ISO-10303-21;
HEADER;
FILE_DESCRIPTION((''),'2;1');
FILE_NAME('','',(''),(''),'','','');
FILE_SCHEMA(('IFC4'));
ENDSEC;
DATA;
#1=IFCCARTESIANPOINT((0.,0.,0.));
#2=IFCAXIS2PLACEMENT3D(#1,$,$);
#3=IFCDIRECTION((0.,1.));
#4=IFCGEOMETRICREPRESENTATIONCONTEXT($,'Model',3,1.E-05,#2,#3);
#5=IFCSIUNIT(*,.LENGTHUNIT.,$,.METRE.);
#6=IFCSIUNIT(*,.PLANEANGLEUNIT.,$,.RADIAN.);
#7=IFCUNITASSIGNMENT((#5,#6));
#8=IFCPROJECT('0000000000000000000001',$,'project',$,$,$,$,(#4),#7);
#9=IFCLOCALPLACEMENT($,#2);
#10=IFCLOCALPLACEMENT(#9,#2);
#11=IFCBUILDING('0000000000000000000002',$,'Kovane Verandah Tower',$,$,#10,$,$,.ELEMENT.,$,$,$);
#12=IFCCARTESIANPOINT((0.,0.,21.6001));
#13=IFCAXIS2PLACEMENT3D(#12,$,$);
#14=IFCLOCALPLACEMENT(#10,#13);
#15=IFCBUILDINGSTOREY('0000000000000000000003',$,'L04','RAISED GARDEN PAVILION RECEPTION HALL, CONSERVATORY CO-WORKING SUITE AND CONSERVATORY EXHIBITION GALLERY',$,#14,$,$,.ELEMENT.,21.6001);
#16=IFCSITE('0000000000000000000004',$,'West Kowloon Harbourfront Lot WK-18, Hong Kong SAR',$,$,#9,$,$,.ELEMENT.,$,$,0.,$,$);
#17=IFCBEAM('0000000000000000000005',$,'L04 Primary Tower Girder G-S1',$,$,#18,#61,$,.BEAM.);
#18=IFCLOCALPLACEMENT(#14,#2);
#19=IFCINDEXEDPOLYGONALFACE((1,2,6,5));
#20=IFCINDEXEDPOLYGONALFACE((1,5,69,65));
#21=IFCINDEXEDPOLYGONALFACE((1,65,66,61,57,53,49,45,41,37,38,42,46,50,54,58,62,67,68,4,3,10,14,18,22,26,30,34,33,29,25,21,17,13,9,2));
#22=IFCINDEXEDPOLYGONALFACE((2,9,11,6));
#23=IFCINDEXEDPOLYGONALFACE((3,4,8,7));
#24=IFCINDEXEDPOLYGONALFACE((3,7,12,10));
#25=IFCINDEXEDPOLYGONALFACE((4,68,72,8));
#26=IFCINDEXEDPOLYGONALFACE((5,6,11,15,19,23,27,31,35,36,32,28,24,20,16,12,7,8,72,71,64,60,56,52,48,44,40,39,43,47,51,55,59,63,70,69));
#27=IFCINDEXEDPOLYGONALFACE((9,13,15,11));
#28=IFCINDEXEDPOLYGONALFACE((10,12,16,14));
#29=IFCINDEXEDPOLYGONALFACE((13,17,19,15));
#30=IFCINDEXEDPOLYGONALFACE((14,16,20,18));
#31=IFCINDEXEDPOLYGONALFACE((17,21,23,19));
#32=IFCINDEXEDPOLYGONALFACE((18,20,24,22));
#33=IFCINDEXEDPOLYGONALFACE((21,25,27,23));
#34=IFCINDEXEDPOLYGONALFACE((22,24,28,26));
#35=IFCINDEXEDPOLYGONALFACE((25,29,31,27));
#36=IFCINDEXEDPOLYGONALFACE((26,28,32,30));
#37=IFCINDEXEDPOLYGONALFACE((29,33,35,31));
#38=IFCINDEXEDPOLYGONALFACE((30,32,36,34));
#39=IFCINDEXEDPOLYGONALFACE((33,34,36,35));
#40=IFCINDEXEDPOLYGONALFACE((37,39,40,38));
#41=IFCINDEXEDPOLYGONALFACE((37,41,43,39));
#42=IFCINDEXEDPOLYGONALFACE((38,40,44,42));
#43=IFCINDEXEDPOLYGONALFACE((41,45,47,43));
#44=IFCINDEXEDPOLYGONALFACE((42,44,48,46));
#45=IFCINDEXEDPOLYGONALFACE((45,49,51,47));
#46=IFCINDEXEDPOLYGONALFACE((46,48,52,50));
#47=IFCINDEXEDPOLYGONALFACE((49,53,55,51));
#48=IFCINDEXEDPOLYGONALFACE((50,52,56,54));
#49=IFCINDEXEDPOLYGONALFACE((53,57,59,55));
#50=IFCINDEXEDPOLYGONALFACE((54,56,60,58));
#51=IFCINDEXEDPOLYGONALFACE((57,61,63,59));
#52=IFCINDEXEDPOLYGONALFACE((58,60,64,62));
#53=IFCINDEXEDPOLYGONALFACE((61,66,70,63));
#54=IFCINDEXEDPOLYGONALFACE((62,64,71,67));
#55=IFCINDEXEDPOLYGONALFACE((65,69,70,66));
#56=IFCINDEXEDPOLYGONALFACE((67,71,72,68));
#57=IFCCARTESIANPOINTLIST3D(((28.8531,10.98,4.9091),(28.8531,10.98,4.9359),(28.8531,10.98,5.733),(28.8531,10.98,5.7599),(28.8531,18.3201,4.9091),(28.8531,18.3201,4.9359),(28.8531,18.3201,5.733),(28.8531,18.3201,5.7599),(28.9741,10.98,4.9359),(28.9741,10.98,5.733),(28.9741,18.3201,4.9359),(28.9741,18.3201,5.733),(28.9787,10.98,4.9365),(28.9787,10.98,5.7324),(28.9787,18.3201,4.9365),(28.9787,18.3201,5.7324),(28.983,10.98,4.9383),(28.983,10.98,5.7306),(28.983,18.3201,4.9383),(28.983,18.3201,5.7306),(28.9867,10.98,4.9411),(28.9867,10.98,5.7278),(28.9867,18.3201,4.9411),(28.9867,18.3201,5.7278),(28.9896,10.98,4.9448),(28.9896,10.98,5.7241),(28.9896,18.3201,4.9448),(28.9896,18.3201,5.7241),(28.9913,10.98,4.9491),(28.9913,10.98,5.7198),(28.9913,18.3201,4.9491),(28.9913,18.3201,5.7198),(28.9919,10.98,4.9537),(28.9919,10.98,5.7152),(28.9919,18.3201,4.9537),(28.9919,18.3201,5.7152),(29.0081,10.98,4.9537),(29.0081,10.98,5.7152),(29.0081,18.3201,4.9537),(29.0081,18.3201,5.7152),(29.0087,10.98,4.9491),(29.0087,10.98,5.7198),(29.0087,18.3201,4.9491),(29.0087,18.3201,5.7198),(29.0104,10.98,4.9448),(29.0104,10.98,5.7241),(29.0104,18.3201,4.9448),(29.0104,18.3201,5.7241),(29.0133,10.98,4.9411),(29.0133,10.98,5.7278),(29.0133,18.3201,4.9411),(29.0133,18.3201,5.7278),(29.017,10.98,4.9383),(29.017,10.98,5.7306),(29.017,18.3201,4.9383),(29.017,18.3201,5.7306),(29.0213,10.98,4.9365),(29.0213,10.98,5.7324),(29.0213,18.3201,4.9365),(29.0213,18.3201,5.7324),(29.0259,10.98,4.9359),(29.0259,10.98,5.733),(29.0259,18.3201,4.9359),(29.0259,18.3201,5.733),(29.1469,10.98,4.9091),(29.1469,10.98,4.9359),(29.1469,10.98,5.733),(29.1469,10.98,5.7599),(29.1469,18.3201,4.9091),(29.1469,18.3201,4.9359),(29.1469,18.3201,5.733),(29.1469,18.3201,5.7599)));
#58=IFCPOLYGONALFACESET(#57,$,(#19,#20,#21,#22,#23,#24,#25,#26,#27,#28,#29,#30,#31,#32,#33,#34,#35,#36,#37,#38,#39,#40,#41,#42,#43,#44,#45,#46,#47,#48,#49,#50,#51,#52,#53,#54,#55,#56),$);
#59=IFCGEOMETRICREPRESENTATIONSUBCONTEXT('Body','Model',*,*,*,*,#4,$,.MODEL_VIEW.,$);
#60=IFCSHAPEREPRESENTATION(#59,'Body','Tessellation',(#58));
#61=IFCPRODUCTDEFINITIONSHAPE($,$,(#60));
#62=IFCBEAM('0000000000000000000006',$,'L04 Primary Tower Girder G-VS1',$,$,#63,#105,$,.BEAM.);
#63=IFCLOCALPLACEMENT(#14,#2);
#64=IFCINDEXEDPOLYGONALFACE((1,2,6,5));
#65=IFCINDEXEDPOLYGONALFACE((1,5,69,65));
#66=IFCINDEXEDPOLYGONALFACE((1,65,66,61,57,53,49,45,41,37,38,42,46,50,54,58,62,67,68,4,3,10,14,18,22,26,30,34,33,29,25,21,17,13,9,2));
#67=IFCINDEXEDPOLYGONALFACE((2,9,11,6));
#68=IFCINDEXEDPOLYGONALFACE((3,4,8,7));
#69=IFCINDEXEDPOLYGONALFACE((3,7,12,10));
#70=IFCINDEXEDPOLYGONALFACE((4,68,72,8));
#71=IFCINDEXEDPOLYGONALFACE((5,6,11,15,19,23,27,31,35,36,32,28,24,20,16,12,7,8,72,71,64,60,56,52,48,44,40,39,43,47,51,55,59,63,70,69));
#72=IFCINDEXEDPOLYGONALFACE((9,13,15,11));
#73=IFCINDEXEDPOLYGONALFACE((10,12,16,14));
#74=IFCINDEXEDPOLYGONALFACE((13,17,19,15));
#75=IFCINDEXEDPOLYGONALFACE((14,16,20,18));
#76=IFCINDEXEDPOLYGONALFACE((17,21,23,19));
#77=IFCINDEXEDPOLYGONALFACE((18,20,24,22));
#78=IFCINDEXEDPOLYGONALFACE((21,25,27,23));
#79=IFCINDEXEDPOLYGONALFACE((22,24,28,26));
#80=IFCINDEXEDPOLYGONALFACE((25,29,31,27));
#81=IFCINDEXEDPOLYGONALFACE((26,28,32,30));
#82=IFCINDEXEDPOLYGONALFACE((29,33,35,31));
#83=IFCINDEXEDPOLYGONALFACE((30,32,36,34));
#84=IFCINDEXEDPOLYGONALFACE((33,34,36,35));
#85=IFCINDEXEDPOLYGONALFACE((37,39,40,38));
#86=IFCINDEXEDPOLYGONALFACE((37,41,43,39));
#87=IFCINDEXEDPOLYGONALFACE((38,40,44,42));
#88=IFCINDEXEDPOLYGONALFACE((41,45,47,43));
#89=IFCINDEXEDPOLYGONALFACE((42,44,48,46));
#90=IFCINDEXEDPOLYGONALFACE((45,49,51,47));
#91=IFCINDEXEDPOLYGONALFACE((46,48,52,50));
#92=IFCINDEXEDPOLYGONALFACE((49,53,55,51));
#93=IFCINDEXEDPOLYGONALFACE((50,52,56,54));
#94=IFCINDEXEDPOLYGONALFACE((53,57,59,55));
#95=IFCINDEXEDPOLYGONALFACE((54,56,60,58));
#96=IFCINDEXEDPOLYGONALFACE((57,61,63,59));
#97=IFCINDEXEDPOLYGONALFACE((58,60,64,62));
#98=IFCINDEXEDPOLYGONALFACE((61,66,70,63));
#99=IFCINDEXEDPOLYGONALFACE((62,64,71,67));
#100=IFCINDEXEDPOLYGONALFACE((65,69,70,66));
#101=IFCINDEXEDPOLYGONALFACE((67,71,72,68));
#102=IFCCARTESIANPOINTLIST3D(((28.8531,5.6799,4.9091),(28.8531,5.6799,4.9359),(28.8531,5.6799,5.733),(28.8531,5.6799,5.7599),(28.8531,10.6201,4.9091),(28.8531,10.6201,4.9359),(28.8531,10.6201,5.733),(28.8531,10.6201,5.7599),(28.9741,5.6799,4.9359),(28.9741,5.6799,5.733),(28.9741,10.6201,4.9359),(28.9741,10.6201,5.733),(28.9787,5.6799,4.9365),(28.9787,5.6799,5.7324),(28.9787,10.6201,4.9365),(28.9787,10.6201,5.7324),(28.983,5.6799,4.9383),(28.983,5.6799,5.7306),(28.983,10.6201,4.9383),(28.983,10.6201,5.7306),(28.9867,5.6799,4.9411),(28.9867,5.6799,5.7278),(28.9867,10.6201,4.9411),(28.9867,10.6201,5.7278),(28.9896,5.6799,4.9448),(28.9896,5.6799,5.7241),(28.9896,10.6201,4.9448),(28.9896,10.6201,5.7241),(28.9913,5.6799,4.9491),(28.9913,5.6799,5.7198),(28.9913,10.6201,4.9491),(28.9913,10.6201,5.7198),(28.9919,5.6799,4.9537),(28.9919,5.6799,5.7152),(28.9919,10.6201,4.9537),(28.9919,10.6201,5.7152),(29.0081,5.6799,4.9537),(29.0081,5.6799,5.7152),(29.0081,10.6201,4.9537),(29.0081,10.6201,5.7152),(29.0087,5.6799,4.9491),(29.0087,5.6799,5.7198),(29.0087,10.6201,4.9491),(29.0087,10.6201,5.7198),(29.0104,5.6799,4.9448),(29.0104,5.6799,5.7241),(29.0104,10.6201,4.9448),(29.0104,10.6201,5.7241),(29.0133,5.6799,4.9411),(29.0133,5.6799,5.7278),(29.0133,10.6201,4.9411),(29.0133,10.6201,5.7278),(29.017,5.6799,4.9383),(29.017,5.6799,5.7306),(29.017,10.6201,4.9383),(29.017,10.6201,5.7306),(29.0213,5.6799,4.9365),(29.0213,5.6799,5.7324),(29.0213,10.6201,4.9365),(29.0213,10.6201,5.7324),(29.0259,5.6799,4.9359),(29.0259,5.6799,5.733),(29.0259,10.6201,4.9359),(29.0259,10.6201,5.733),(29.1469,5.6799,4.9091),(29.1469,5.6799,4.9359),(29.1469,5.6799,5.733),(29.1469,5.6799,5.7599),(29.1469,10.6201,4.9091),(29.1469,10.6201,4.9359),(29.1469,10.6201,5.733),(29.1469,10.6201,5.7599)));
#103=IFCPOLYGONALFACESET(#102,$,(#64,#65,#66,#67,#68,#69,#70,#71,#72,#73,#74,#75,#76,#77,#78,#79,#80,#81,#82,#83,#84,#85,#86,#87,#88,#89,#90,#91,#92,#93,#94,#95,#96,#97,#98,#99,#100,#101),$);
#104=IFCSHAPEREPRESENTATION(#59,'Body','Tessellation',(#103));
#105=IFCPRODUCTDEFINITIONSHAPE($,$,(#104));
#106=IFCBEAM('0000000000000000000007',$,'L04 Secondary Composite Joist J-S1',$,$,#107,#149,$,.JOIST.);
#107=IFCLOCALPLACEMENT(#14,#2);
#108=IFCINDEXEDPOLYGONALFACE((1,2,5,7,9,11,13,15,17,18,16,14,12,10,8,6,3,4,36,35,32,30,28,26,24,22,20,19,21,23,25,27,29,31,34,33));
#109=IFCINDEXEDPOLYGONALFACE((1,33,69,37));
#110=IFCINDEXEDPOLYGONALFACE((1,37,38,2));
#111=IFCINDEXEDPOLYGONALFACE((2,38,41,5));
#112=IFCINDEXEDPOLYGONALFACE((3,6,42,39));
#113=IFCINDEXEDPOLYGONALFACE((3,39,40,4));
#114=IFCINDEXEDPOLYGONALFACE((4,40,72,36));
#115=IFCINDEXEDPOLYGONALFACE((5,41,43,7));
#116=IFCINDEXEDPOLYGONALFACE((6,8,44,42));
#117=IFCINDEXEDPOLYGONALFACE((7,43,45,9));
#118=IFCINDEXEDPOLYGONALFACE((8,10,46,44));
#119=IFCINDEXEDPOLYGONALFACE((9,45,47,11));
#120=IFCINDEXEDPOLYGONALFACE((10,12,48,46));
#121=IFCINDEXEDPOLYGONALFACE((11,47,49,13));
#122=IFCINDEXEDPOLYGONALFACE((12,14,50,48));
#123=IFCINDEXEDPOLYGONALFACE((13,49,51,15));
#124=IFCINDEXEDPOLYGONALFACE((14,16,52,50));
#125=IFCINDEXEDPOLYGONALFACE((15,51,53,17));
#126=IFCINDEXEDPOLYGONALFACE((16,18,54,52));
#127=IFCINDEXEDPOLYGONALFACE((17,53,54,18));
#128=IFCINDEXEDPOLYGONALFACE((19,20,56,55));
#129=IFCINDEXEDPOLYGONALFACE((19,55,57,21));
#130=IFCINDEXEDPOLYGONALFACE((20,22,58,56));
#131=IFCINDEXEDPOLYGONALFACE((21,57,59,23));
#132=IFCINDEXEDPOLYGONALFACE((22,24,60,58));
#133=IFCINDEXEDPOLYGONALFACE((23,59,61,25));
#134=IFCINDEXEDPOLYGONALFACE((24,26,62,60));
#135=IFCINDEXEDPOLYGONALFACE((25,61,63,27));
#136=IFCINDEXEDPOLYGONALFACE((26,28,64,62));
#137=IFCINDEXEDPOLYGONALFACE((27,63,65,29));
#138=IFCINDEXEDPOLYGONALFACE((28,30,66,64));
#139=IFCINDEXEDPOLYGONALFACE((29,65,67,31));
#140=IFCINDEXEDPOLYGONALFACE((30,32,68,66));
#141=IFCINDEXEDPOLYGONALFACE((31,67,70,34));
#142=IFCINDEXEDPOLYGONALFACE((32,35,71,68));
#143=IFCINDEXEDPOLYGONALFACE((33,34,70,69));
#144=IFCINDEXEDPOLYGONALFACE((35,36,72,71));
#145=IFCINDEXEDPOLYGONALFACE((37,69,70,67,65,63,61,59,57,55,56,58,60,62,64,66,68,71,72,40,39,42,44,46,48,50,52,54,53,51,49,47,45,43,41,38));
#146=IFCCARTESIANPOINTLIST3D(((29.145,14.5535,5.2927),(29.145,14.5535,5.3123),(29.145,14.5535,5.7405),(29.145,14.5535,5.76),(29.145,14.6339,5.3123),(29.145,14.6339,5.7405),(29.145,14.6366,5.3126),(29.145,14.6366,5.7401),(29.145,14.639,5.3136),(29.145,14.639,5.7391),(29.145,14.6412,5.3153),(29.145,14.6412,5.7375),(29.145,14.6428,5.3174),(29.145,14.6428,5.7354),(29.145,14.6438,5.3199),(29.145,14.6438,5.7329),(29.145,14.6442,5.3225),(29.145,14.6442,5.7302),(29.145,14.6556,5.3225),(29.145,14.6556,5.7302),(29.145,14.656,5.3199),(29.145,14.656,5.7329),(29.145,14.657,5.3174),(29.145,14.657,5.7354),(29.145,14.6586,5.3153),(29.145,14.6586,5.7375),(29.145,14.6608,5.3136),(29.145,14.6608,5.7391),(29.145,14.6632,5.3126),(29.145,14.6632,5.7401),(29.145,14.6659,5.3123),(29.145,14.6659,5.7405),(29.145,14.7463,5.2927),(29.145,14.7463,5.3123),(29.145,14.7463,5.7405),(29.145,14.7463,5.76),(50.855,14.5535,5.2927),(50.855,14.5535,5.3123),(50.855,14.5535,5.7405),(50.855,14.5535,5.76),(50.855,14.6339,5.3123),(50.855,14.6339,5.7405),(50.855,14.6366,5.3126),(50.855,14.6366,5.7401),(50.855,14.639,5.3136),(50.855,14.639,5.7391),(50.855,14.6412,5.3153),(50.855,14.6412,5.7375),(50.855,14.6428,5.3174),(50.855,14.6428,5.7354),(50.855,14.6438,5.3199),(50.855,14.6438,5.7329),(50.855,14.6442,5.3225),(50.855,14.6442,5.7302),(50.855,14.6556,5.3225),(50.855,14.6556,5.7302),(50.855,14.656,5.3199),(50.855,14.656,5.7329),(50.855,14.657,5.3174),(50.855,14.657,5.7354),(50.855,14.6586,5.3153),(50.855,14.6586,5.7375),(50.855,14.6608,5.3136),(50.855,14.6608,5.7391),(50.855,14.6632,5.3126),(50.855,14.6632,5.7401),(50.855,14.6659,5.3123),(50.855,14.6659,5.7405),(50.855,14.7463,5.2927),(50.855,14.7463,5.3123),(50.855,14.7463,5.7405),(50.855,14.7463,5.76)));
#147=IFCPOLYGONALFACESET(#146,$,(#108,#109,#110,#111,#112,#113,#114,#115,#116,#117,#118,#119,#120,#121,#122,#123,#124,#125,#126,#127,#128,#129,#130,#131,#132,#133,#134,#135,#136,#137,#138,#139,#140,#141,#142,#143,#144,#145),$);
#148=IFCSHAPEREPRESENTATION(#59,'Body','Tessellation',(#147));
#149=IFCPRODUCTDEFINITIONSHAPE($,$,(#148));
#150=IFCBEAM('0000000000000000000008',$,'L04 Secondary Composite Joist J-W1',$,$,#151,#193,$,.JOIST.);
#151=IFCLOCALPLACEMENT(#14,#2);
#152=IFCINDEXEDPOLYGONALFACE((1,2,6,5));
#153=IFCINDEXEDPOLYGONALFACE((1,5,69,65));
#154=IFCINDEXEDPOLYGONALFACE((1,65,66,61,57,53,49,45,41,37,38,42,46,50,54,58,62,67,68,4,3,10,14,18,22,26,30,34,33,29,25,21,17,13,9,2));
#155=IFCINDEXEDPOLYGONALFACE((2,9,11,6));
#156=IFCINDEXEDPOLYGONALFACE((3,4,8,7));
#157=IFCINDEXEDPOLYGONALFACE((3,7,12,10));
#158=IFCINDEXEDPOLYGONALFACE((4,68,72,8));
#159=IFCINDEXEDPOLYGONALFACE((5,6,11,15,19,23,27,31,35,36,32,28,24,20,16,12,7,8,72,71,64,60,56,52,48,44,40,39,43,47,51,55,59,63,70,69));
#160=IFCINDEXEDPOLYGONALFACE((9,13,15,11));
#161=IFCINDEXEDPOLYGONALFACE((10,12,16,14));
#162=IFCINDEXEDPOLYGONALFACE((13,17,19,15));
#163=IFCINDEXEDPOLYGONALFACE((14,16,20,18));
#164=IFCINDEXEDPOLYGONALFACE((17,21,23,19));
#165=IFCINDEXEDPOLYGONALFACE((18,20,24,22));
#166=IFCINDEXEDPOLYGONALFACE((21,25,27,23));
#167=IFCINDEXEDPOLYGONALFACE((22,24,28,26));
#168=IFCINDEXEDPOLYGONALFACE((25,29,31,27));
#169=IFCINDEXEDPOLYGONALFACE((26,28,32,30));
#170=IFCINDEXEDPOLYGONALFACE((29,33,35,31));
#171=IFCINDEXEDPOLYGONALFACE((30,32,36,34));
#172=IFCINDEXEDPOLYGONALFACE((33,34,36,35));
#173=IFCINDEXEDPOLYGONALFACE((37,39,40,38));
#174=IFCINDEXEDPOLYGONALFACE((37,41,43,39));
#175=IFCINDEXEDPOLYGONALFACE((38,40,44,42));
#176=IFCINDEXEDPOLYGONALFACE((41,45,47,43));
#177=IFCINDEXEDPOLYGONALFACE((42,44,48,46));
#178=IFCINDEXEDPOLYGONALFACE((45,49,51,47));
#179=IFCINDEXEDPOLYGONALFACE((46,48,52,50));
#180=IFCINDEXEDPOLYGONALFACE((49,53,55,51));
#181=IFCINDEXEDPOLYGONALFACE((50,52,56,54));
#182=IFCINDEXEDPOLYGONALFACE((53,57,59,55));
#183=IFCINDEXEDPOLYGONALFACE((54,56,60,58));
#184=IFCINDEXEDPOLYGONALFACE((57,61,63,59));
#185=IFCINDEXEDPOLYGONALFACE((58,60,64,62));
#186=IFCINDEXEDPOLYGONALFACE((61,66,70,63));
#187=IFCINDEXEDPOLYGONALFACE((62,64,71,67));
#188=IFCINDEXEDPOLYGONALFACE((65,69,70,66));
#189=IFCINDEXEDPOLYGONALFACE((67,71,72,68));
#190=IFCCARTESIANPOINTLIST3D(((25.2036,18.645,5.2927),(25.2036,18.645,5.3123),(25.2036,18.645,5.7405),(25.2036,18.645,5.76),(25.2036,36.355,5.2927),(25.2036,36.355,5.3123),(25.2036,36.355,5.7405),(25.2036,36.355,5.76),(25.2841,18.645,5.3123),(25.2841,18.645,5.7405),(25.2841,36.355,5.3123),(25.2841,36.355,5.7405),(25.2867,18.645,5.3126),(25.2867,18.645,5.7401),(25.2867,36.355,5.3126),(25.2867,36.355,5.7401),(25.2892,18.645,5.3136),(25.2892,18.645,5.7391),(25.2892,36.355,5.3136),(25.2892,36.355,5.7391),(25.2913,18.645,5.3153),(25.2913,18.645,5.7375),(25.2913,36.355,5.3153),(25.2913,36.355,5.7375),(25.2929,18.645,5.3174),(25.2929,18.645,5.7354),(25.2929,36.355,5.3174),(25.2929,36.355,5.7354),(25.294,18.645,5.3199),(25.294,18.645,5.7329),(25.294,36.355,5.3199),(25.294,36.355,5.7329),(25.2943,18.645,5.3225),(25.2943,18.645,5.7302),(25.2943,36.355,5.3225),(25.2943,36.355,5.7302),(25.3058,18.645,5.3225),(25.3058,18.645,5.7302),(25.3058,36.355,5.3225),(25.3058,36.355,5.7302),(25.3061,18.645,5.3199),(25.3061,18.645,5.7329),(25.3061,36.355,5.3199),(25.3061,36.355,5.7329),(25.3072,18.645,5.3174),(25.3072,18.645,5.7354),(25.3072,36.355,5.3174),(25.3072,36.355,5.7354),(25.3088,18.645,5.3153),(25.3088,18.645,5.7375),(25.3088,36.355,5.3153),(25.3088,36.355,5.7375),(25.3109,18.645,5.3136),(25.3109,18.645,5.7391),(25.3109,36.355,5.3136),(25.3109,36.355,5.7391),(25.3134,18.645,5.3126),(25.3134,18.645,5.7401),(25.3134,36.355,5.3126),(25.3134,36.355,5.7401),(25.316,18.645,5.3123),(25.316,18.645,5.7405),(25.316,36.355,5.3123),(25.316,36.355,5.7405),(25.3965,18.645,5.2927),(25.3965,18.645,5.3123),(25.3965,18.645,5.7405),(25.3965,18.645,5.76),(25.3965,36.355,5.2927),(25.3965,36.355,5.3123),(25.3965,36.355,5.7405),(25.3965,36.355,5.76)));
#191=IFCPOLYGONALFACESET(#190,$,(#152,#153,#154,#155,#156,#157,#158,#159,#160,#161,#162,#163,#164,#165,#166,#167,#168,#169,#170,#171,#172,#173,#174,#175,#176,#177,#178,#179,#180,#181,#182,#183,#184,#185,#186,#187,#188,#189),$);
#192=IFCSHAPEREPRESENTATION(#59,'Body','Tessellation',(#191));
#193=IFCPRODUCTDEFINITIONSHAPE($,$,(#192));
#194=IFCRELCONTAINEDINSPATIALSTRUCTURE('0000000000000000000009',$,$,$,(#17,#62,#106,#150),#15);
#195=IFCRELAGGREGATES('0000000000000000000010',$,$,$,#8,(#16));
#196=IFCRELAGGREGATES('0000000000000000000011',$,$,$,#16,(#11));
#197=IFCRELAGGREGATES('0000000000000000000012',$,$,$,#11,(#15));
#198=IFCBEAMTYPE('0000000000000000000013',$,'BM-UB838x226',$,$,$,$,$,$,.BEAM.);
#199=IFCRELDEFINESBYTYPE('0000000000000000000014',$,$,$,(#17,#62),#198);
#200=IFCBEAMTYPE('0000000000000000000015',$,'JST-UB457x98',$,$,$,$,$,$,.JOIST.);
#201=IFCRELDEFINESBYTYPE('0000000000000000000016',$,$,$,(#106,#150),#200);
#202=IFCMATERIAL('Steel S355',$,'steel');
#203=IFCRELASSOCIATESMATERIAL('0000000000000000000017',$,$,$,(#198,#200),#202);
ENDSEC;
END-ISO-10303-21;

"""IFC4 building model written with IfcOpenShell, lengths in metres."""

from ifc_helpers import new_model, si_unit, direction, frame, origin, origin_2d, place, context, subcontext, project, spatial, i_section, extrude, material, material_profile, profile_set, type_object, element, save


model = new_model("IFC4")

# Units and contexts
model_context = context("Model", 3, precision=1e-05, world=origin(), true_north=direction((0.0, 1.0)))
body_context = subcontext(model_context, "Body", "Model", "MODEL_VIEW")
ifc_project = project(units=[si_unit("LENGTHUNIT", "METRE"), si_unit("PLANEANGLEUNIT", "RADIAN")], contexts=[model_context])

# Site, building, storey
site_placement = place(None, origin())
site = spatial("IfcSite", under=ifc_project, at=site_placement, Name="West Kowloon Harbourfront Lot WK-18, Hong Kong SAR", CompositionType="ELEMENT", RefElevation=0.0)
building_placement = place(site_placement, origin())
building = spatial("IfcBuilding", under=site, at=building_placement, Name="Kovane Verandah Tower", CompositionType="ELEMENT")
storey_placement = place(building_placement, frame((0.0, 0.0, 21.6001)))
storey = spatial("IfcBuildingStorey", under=building, at=storey_placement, Name="L04", Description="RAISED GARDEN PAVILION RECEPTION HALL, CONSERVATORY CO-WORKING SUITE AND CONSERVATORY EXHIBITION GALLERY", CompositionType="ELEMENT", Elevation=21.6001)

# Beams
ifc_material_1 = material(Name="Steel S355", Category="steel")
ifc_material_profile_1 = material_profile(ifc_material_1, i_section(OverallWidth=0.2937, OverallDepth=0.8508, WebThickness=0.0161, FlangeThickness=0.0269, FilletRadius=0.0178, at=origin_2d()), Name="UB838x292x226")
ifc_profile_set_1 = profile_set([ifc_material_profile_1], Name="Steel S355")
beam_type_1 = type_object("IfcBeamType", Name="BM-UB838x226", PredefinedType="BEAM", material=ifc_profile_set_1)
beam_1_placement = place(storey_placement, frame((29.0, 18.3201, 5.3345), z_axis=(0.0, -1.0, 0.0), x_axis=(1.0, 0.0, 0.0)))
element("IfcBeam", 1, at=beam_1_placement, inside=storey, type_object=beam_type_1, Name="L04 Primary Tower Girder G-S1", PredefinedType="BEAM", context=body_context, shape_type="SweptSolid", body=[
    extrude(i_section(OverallWidth=0.2937, OverallDepth=0.8508, WebThickness=0.0161, FlangeThickness=0.0269, FilletRadius=0.0178, at=origin_2d()), origin(), (0.0, 0.0, 1.0), 7.3401),
])
beam_2_placement = place(storey_placement, frame((29.0, 10.6201, 5.3345), z_axis=(0.0, -1.0, 0.0), x_axis=(1.0, 0.0, 0.0)))
element("IfcBeam", 2, at=beam_2_placement, inside=storey, type_object=beam_type_1, Name="L04 Primary Tower Girder G-VS1", PredefinedType="BEAM", context=body_context, shape_type="SweptSolid", body=[
    extrude(i_section(OverallWidth=0.2937, OverallDepth=0.8508, WebThickness=0.0161, FlangeThickness=0.0269, FilletRadius=0.0178, at=origin_2d()), origin(), (0.0, 0.0, 1.0), 4.9402),
])
ifc_material_profile_2 = material_profile(ifc_material_1, i_section(OverallWidth=0.1929, OverallDepth=0.4673, WebThickness=0.0115, FlangeThickness=0.0195, FilletRadius=0.0103, at=origin_2d()), Name="UB457x191x98")
ifc_profile_set_2 = profile_set([ifc_material_profile_2], Name="Steel S355")
beam_type_2 = type_object("IfcBeamType", Name="JST-UB457x98", PredefinedType="JOIST", material=ifc_profile_set_2)
beam_3_placement = place(storey_placement, frame((29.145, 14.6499, 5.5264), z_axis=(1.0, 0.0, 0.0), x_axis=(0.0, 1.0, 0.0)))
element("IfcBeam", 3, at=beam_3_placement, inside=storey, type_object=beam_type_2, Name="L04 Secondary Composite Joist J-S1", PredefinedType="JOIST", context=body_context, shape_type="SweptSolid", body=[
    extrude(i_section(OverallWidth=0.1929, OverallDepth=0.4673, WebThickness=0.0115, FlangeThickness=0.0195, FilletRadius=0.0103, at=origin_2d()), origin(), (0.0, 0.0, 1.0), 21.71),
])
beam_4_placement = place(storey_placement, frame((25.3, 18.645, 5.5264), z_axis=(0.0, 1.0, 0.0), x_axis=(-1.0, 0.0, 0.0)))
element("IfcBeam", 4, at=beam_4_placement, inside=storey, type_object=beam_type_2, Name="L04 Secondary Composite Joist J-W1", PredefinedType="JOIST", context=body_context, shape_type="SweptSolid", body=[
    extrude(i_section(OverallWidth=0.1929, OverallDepth=0.4673, WebThickness=0.0115, FlangeThickness=0.0195, FilletRadius=0.0103, at=origin_2d()), origin(), (0.0, 0.0, 1.0), 17.71),
])

save(model, "model.ifc")
